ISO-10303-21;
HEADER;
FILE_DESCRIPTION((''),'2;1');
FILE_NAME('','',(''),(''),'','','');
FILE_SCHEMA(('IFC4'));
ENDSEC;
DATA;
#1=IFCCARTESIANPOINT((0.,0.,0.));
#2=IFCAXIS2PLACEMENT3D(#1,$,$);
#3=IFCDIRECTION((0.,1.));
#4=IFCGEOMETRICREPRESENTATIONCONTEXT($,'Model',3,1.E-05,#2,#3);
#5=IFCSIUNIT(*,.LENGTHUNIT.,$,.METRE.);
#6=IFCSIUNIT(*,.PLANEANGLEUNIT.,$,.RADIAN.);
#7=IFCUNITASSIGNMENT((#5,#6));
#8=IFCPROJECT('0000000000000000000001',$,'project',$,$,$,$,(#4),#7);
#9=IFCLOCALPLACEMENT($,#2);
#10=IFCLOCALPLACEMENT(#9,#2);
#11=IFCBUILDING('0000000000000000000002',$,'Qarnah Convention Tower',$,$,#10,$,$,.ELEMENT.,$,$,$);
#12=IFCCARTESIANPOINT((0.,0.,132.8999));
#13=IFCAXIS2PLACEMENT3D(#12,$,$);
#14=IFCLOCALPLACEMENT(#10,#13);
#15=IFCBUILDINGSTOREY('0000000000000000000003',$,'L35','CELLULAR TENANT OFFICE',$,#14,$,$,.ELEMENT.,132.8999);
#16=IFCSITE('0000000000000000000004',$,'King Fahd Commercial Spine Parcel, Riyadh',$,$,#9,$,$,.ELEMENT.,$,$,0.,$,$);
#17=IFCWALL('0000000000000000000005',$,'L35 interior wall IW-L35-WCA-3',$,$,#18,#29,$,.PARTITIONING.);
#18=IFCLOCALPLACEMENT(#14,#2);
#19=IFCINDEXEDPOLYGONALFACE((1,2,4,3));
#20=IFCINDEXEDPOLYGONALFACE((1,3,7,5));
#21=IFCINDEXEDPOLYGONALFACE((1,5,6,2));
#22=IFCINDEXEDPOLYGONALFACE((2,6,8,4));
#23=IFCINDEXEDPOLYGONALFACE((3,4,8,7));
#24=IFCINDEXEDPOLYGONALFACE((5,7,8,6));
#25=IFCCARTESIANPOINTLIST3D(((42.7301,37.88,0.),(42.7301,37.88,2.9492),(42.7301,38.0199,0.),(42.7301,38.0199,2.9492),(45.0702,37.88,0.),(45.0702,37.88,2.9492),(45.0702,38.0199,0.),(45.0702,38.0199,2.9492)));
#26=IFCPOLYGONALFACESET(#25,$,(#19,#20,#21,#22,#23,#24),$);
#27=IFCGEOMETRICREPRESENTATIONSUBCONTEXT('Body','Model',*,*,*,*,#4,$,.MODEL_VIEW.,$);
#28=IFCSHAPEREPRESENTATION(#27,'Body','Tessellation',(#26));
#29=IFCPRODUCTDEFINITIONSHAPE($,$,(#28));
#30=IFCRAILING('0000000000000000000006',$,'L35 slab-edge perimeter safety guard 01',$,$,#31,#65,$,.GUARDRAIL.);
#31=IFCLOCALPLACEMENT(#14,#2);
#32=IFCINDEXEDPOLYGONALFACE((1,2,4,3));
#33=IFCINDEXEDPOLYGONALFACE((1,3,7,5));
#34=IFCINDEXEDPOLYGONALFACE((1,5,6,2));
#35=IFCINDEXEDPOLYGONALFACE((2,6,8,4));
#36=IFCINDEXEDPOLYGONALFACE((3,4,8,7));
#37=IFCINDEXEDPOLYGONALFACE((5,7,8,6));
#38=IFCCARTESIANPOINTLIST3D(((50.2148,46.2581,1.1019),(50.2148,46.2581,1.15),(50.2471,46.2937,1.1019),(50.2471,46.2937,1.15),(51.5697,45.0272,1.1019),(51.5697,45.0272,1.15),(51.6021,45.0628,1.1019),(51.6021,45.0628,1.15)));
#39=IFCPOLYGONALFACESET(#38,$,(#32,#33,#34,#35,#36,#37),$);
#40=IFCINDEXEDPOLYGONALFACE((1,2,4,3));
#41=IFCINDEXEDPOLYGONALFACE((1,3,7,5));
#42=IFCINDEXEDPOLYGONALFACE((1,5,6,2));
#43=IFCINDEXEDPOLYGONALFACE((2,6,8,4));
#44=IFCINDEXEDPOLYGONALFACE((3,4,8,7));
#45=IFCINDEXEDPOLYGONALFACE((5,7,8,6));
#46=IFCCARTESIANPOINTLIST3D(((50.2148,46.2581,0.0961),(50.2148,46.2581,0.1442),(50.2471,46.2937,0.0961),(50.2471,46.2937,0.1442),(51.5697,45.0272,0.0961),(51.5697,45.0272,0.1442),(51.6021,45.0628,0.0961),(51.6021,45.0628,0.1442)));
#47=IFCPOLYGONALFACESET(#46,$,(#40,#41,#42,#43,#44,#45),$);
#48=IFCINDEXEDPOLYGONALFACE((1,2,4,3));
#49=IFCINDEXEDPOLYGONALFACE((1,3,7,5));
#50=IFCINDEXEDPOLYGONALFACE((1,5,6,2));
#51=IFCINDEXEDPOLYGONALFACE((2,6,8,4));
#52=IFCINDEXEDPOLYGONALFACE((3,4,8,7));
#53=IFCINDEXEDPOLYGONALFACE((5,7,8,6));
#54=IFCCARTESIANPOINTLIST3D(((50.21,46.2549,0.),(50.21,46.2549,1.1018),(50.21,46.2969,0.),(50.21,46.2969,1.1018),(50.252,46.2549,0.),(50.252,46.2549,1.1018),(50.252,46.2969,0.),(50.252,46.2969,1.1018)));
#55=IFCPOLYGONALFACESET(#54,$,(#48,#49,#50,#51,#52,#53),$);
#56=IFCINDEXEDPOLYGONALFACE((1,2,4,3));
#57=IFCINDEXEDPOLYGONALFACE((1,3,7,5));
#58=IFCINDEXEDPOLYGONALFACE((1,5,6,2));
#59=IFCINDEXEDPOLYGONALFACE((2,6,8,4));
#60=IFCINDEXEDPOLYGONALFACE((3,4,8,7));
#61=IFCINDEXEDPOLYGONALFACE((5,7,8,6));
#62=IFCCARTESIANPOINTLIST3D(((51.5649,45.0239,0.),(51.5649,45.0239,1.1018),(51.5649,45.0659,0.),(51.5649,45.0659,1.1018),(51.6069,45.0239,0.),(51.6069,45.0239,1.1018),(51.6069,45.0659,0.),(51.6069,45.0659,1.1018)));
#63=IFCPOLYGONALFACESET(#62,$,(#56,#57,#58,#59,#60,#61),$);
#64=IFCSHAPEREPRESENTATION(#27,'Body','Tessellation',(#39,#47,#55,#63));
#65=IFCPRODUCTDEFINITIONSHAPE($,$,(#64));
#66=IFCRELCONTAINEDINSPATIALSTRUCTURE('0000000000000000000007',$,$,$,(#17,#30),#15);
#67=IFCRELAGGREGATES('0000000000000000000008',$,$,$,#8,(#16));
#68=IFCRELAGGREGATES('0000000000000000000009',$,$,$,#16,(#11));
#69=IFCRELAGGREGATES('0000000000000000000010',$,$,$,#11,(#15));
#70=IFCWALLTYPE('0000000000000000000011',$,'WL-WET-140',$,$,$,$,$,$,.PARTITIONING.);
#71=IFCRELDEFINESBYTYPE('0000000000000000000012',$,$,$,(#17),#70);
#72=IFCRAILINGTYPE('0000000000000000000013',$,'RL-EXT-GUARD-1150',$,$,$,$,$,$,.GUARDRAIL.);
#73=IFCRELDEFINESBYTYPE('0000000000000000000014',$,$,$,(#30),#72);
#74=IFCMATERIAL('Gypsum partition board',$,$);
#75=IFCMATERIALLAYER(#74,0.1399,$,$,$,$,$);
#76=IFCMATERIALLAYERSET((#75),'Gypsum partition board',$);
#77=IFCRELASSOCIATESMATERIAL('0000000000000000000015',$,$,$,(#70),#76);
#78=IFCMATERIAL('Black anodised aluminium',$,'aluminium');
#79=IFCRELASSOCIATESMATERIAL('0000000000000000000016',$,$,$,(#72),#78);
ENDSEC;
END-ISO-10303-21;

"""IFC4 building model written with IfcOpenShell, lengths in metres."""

from ifc_helpers import new_model, si_unit, direction, frame, frame_2d, origin, origin_2d, place, context, subcontext, project, spatial, rectangle, extrude, material, layer, layer_set, type_object, element, save


model = new_model("IFC4")

# Units and contexts
model_context = context("Model", 3, precision=1e-05, world=origin(), true_north=direction((0.0, 1.0)))
body_context = subcontext(model_context, "Body", "Model", "MODEL_VIEW")
ifc_project = project(units=[si_unit("LENGTHUNIT", "METRE"), si_unit("PLANEANGLEUNIT", "RADIAN")], contexts=[model_context])

# Site, building, storey
site_placement = place(None, origin())
site = spatial("IfcSite", under=ifc_project, at=site_placement, Name="King Fahd Commercial Spine Parcel, Riyadh", CompositionType="ELEMENT", RefElevation=0.0)
building_placement = place(site_placement, origin())
building = spatial("IfcBuilding", under=site, at=building_placement, Name="Qarnah Convention Tower", CompositionType="ELEMENT")
storey_placement = place(building_placement, frame((0.0, 0.0, 132.8999)))
storey = spatial("IfcBuildingStorey", under=building, at=storey_placement, Name="L35", Description="CELLULAR TENANT OFFICE", CompositionType="ELEMENT", Elevation=132.8999)

# Shared definitions
ifc_material_1 = material(Name="Black anodised aluminium", Category="aluminium")

# Shared definitions
ifc_material_2 = material(Name="Gypsum partition board")

# Wall
ifc_layer_1 = layer(ifc_material_2, 0.1399)
ifc_layer_set_1 = layer_set([ifc_layer_1], Name="Gypsum partition board")
wall_type_1 = type_object("IfcWallType", Name="WL-WET-140", PredefinedType="PARTITIONING", material=ifc_layer_set_1)
wall_1_placement = place(storey_placement, frame((45.0701, 37.95, 0.0), z_axis=(0.0, 0.0, 1.0), x_axis=(-1.0, 0.0, 0.0)))
element("IfcWall", 1, at=wall_1_placement, inside=storey, type_object=wall_type_1, Name="L35 interior wall IW-L35-WCA-3", PredefinedType="PARTITIONING", context=body_context, shape_type="SweptSolid", body=[
    extrude(rectangle(XDim=2.3401, YDim=0.1399, at=frame_2d((1.1699, 0.0))), origin(), (0.0, 0.0, 1.0), 2.9492),
])

# Railing
railing_type = type_object("IfcRailingType", Name="RL-EXT-GUARD-1150", PredefinedType="GUARDRAIL", material=ifc_material_1)
railing_1_placement = place(storey_placement, frame((50.231, 46.2759, 0.0)))
element("IfcRailing", 2, at=railing_1_placement, inside=storey, type_object=railing_type, Name="L35 slab-edge perimeter safety guard 01", PredefinedType="GUARDRAIL", context=body_context, shape_type="SweptSolid", body=[
    extrude(rectangle(XDim=0.0481, YDim=0.0481, at=origin_2d()), frame((0.0, 0.0, 1.126), z_axis=(0.740169, -0.672421, 0.0), x_axis=(0.672421, 0.740169, 0.0)), (0.0, 0.0, 1.0), 1.8306),
    extrude(rectangle(XDim=0.0481, YDim=0.0481, at=origin_2d()), frame((0.0, 0.0, 0.1201), z_axis=(0.740169, -0.672421, 0.0), x_axis=(0.672421, 0.740169, 0.0)), (0.0, 0.0, 1.0), 1.8306),
    extrude(rectangle(XDim=0.042, YDim=0.042, at=origin_2d()), origin(), (0.0, 0.0, 1.0), 1.1018),
    extrude(rectangle(XDim=0.042, YDim=0.042, at=origin_2d()), frame((1.355, -1.231, 0.0)), (0.0, 0.0, 1.0), 1.1018),
])

save(model, "model.ifc")
